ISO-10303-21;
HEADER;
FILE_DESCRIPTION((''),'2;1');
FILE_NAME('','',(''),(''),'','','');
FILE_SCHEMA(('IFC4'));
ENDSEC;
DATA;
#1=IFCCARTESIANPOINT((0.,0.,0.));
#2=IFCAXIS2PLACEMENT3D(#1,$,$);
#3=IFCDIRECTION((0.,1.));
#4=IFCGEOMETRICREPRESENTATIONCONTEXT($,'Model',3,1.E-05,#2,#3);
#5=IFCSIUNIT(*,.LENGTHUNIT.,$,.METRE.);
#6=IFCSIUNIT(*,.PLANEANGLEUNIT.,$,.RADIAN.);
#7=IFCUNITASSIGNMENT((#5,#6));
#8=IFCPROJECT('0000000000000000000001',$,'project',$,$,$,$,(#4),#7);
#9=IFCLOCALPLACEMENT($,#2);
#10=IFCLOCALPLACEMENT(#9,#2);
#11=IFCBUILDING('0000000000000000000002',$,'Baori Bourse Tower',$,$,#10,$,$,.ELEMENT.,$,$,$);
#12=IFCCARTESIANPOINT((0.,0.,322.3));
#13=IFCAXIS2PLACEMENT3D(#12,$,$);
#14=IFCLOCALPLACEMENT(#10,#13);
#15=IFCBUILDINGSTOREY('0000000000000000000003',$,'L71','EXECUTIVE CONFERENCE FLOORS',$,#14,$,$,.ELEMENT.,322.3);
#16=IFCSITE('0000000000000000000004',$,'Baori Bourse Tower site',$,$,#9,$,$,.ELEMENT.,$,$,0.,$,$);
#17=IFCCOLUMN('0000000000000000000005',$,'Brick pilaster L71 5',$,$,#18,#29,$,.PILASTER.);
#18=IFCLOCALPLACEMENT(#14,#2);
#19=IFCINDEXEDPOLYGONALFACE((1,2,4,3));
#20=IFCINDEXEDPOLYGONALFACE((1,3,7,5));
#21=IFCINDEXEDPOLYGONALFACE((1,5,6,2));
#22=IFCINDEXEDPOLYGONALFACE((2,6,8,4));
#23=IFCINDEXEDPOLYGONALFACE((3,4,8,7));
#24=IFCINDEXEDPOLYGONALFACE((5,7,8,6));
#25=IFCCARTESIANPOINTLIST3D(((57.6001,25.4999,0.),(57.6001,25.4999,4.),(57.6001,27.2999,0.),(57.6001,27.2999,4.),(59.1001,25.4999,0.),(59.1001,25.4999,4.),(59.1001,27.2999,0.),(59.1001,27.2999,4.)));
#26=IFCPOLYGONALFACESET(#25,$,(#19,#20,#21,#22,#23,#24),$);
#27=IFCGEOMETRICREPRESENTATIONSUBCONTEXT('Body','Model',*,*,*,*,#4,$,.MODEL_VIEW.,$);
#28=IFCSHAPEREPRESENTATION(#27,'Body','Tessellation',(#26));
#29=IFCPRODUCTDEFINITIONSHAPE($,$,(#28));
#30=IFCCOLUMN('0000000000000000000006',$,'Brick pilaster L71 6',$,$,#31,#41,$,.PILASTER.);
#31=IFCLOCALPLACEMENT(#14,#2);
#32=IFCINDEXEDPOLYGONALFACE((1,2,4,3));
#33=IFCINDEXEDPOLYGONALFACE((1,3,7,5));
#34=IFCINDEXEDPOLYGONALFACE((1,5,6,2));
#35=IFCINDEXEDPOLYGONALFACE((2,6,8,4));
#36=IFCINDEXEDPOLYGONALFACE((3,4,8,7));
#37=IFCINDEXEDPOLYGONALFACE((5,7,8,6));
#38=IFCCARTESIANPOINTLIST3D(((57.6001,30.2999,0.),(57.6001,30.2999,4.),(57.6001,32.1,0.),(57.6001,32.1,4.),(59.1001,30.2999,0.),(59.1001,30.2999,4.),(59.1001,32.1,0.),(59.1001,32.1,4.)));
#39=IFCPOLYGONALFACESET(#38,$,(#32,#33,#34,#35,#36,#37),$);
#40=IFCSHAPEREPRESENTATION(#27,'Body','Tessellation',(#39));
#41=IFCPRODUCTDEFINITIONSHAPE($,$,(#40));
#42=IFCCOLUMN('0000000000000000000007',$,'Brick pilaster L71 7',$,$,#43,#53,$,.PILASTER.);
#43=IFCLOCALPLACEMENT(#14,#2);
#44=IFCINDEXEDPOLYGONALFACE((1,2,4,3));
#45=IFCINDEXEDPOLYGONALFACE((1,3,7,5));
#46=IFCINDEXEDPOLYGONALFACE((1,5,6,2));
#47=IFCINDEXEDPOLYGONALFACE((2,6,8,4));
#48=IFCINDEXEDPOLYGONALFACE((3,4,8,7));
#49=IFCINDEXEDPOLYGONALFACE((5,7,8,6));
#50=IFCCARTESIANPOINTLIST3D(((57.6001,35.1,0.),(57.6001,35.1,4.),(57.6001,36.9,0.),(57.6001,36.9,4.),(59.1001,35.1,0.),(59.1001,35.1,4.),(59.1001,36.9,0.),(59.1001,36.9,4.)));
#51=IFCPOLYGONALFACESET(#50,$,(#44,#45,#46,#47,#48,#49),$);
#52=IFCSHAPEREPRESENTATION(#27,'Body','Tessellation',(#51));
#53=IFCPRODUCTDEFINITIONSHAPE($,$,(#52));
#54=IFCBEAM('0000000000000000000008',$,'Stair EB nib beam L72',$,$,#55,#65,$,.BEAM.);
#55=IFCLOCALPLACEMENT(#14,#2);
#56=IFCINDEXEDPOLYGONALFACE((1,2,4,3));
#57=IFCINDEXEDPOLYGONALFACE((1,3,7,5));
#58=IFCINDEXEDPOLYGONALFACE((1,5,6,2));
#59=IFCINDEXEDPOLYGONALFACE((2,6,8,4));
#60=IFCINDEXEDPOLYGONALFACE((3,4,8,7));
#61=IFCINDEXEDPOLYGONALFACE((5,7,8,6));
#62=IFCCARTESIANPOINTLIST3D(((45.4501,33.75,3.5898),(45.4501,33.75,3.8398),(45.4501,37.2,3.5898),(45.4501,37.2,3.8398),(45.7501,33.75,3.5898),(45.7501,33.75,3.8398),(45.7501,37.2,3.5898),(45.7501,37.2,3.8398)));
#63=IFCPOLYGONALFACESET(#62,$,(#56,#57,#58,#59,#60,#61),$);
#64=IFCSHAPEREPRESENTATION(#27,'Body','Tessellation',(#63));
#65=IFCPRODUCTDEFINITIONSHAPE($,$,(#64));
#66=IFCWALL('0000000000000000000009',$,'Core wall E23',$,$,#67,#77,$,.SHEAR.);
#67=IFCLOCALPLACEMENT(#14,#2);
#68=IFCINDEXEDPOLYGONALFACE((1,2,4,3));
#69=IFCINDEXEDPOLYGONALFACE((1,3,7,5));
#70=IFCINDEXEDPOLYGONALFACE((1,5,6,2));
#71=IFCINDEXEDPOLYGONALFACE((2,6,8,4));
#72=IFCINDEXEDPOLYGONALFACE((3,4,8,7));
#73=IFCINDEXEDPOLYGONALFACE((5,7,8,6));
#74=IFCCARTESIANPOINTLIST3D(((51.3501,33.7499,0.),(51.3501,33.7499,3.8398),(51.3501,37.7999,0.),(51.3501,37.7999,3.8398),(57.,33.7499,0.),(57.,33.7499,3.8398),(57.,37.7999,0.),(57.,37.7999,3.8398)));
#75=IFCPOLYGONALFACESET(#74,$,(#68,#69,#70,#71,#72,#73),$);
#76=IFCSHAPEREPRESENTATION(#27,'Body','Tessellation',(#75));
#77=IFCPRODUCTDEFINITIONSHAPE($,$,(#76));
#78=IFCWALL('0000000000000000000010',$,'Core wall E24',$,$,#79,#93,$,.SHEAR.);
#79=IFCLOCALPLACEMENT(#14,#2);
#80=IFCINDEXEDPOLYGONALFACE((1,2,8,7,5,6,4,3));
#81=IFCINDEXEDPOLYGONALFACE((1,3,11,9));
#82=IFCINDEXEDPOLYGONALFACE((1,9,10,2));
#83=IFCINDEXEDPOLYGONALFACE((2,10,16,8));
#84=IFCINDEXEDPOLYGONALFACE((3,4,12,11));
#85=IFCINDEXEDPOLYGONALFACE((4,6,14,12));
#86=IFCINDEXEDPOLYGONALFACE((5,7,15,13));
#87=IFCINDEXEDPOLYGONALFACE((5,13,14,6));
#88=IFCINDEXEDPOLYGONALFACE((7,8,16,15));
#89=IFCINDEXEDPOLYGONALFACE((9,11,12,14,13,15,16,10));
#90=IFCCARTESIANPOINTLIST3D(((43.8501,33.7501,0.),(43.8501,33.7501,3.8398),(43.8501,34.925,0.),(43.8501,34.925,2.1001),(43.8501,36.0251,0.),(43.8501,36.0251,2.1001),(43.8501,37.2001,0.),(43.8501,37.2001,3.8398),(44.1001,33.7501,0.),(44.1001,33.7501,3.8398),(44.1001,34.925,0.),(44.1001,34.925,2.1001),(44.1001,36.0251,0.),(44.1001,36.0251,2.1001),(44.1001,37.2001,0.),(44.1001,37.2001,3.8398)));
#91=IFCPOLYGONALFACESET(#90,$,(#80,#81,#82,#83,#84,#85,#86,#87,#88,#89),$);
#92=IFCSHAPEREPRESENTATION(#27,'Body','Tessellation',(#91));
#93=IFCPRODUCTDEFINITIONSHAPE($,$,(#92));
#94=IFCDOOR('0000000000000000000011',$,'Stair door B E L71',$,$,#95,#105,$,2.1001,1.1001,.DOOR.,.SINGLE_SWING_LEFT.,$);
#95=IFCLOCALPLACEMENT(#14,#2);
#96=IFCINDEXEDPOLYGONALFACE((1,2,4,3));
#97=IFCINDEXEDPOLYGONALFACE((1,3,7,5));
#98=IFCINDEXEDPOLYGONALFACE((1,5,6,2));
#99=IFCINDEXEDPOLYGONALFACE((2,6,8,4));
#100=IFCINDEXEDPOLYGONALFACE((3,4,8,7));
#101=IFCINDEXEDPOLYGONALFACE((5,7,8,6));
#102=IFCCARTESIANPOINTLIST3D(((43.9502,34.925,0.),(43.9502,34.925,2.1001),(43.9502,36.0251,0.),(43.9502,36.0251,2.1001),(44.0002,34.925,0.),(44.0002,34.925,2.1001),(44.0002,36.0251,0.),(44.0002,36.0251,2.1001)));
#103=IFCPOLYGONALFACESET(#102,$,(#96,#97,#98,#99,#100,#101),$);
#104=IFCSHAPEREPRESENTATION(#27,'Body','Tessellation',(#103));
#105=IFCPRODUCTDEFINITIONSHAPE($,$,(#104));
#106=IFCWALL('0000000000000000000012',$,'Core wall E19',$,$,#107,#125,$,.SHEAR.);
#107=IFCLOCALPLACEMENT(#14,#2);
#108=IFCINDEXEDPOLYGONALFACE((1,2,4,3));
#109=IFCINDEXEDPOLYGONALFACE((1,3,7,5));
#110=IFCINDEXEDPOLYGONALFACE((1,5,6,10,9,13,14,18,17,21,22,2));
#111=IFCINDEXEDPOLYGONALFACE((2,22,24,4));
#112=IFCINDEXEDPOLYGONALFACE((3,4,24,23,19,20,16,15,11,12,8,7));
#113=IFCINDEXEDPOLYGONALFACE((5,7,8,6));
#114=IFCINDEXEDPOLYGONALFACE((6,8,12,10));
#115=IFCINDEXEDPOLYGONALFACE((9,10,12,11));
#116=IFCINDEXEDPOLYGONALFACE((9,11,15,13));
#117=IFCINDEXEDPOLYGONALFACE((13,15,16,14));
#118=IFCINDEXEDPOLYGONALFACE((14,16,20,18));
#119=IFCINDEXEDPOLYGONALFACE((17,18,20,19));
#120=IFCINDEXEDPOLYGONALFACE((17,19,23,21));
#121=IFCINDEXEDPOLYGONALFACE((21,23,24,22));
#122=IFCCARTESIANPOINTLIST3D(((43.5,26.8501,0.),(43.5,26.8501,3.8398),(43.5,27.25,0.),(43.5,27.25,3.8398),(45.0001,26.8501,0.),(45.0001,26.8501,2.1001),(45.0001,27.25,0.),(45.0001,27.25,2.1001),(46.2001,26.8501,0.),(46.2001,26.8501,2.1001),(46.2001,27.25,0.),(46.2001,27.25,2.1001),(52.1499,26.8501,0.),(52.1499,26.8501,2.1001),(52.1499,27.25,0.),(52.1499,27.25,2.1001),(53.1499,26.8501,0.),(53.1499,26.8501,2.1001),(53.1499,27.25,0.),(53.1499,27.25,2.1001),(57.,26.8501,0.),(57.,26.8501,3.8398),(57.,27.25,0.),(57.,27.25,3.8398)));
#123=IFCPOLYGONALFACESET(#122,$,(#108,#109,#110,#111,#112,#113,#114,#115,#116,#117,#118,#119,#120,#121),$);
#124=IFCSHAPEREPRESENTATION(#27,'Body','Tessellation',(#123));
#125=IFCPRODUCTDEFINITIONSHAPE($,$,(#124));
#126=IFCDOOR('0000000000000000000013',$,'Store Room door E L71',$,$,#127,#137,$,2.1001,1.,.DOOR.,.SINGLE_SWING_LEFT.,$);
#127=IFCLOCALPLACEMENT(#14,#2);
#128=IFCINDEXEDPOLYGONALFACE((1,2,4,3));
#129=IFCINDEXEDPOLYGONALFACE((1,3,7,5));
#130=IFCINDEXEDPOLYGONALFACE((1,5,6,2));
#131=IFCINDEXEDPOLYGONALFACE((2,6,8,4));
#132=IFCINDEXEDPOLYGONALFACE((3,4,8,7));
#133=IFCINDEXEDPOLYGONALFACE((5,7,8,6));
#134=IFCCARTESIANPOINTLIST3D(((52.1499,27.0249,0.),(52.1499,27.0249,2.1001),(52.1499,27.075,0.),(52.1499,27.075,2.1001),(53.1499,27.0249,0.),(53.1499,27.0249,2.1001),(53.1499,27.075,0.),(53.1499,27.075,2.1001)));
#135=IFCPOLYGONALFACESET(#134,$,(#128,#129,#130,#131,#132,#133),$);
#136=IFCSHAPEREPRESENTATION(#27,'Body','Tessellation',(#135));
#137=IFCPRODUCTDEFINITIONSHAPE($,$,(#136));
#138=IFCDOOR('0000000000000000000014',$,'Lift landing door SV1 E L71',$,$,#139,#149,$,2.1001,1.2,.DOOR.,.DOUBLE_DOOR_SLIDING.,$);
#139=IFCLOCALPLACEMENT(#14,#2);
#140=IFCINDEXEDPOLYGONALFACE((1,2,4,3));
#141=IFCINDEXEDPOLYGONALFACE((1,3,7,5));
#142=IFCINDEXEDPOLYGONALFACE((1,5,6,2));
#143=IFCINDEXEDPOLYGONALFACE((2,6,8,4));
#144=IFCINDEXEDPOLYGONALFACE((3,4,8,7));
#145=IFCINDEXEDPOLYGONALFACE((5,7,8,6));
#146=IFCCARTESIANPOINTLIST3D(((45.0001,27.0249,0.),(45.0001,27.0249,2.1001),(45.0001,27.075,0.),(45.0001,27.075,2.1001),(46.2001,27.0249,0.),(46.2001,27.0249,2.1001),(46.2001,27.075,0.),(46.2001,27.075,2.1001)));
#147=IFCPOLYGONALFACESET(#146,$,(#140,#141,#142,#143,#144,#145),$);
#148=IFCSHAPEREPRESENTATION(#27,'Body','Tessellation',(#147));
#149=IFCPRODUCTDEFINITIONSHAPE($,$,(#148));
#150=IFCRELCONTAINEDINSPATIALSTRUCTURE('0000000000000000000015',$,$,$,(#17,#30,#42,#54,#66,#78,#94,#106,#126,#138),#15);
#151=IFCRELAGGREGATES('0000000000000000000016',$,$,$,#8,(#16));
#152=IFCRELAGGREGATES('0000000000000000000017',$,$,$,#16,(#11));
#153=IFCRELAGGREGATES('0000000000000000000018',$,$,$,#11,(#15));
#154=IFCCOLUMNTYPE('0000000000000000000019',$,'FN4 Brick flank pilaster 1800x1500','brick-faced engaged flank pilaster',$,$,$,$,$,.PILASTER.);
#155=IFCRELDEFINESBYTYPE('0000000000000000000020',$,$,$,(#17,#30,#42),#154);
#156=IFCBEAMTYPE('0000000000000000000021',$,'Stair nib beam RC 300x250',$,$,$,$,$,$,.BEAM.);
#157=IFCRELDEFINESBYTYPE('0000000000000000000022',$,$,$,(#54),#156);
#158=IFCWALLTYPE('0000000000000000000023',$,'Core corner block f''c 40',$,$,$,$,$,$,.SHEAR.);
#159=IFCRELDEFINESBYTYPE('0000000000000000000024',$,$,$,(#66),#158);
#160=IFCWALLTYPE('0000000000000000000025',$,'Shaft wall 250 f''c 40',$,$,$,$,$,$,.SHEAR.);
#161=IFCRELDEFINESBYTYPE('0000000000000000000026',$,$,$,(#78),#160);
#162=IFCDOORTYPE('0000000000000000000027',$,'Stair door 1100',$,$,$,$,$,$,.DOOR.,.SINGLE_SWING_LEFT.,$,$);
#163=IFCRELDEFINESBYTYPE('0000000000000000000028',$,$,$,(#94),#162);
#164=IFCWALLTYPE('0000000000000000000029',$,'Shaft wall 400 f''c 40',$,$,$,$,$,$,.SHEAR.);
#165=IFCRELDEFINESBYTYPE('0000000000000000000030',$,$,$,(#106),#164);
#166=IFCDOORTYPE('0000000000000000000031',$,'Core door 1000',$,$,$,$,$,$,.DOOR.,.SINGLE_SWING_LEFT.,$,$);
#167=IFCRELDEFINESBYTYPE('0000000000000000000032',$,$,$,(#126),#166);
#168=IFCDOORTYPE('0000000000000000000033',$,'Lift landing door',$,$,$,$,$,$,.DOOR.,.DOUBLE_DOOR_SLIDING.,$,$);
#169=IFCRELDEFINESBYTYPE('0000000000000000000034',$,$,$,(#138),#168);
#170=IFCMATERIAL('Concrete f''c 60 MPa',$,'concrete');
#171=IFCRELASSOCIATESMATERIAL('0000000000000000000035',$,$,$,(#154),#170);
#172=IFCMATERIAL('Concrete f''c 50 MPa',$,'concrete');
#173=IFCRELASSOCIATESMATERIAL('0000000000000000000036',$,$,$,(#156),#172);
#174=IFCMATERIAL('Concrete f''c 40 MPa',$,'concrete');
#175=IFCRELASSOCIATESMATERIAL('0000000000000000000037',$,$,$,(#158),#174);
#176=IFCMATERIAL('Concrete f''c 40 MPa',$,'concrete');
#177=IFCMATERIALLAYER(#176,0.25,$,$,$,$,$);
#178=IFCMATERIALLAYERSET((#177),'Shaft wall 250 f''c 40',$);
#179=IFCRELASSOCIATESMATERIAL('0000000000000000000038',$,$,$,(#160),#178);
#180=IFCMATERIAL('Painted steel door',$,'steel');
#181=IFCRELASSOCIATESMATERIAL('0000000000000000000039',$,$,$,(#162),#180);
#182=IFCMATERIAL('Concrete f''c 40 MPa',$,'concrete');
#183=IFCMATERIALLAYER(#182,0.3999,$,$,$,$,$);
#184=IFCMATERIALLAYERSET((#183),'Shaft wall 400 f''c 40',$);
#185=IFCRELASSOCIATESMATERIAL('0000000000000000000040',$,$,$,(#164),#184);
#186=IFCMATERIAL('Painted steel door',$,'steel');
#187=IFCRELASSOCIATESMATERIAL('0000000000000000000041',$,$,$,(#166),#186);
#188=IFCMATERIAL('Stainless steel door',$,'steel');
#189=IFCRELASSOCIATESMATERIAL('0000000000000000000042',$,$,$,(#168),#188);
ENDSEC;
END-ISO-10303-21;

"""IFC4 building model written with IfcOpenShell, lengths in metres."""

from ifc_helpers import new_model, si_unit, direction, frame, frame_2d, origin, origin_2d, place, context, subcontext, project, spatial, rectangle, extrude, material, layer, layer_set, material_profile, profile_set, type_object, element, fill, save


model = new_model("IFC4")

# Units and contexts
model_context = context("Model", 3, precision=1e-05, world=origin(), true_north=direction((0.0, 1.0)))
body_context = subcontext(model_context, "Body", "Model", "MODEL_VIEW")
ifc_project = project(units=[si_unit("LENGTHUNIT", "METRE"), si_unit("PLANEANGLEUNIT", "RADIAN")], contexts=[model_context])

# Site, building, storey
site_placement = place(None, origin())
site = spatial("IfcSite", under=ifc_project, at=site_placement, Name="Baori Bourse Tower site", CompositionType="ELEMENT", RefElevation=0.0)
building_placement = place(site_placement, origin())
building = spatial("IfcBuilding", under=site, at=building_placement, Name="Baori Bourse Tower", CompositionType="ELEMENT")
storey_placement = place(building_placement, frame((0.0, 0.0, 322.3)))
storey = spatial("IfcBuildingStorey", under=building, at=storey_placement, Name="L71", Description="EXECUTIVE CONFERENCE FLOORS", CompositionType="ELEMENT", Elevation=322.3)

# Columns
ifc_material_1 = material(Name="Concrete f'c 60 MPa", Category="concrete")
ifc_material_profile_1 = material_profile(ifc_material_1, rectangle(XDim=1.8, YDim=1.5, at=origin_2d()), Name="RC 1800x1500")
ifc_profile_set_1 = profile_set([ifc_material_profile_1], Name="Concrete f'c 60 MPa")
column_type = type_object("IfcColumnType", Name="FN4 Brick flank pilaster 1800x1500", Description="brick-faced engaged flank pilaster", PredefinedType="PILASTER", material=ifc_profile_set_1)
for number, where, z_axis, x_axis, name in (
    (1, (58.3501, 26.3999, 0.0), (0.0, 0.0, 1.0), (0.0, 1.0, 0.0), "Brick pilaster L71 5"),
    (2, (58.3501, 31.2, 0.0), (0.0, 0.0, 1.0), (0.0, 1.0, 0.0), "Brick pilaster L71 6"),
    (3, (58.3501, 36.0, 0.0), (0.0, 0.0, 1.0), (0.0, 1.0, 0.0), "Brick pilaster L71 7"),
):
    element("IfcColumn", number, at=place(storey_placement, frame(where, z_axis=z_axis, x_axis=x_axis)), inside=storey, type_object=column_type, Name=name, PredefinedType="PILASTER", context=body_context, shape_type="SweptSolid", body=[
        extrude(rectangle(XDim=1.8, YDim=1.5, at=origin_2d()), origin(), (0.0, 0.0, 1.0), 4.0),
    ])

# Beam
ifc_material_2 = material(Name="Concrete f'c 50 MPa", Category="concrete")
ifc_material_profile_2 = material_profile(ifc_material_2, rectangle(XDim=0.3, YDim=0.25, at=origin_2d()), Name="RC 300x250")
ifc_profile_set_2 = profile_set([ifc_material_profile_2], Name="Concrete f'c 50 MPa")
beam_type = type_object("IfcBeamType", Name="Stair nib beam RC 300x250", PredefinedType="BEAM", material=ifc_profile_set_2)
beam_placement = place(storey_placement, frame((45.6001, 33.75, 3.7148), z_axis=(0.0, 1.0, 0.0), x_axis=(-1.0, 0.0, 0.0)))
element("IfcBeam", 4, at=beam_placement, inside=storey, type_object=beam_type, Name="Stair EB nib beam L72", PredefinedType="BEAM", context=body_context, shape_type="SweptSolid", body=[
    extrude(rectangle(XDim=0.3, YDim=0.25, at=origin_2d()), origin(), (0.0, 0.0, 1.0), 3.45),
])

# Wall
ifc_material_3 = material(Name="Concrete f'c 40 MPa", Category="concrete")
wall_type_1 = type_object("IfcWallType", Name="Core corner block f'c 40", PredefinedType="SHEAR", material=ifc_material_3)
wall_1_placement = place(storey_placement, frame((51.3501, 35.7749, 0.0), z_axis=(0.0, 0.0, 1.0), x_axis=(1.0, 0.0, 0.0)))
element("IfcWall", 5, at=wall_1_placement, inside=storey, type_object=wall_type_1, Name="Core wall E23", PredefinedType="SHEAR", context=body_context, shape_type="SweptSolid", body=[
    extrude(rectangle(XDim=5.6499, YDim=4.05, at=frame_2d((2.825, 0.0))), origin(), (0.0, 0.0, 1.0), 3.8398),
])

# Wall, opening, door
ifc_material_4 = material(Name="Concrete f'c 40 MPa", Category="concrete")
ifc_layer_1 = layer(ifc_material_4, 0.25)
ifc_layer_set_1 = layer_set([ifc_layer_1], Name="Shaft wall 250 f'c 40")
wall_type_2 = type_object("IfcWallType", Name="Shaft wall 250 f'c 40", PredefinedType="SHEAR", material=ifc_layer_set_1)
wall_2_placement = place(storey_placement, frame((43.9751, 33.75, 0.0), z_axis=(0.0, 0.0, 1.0), x_axis=(0.0, 1.0, 0.0)))
wall_2 = element("IfcWall", 6, at=wall_2_placement, inside=storey, type_object=wall_type_2, Name="Core wall E24", PredefinedType="SHEAR", context=body_context, shape_type="SweptSolid", body=[
    extrude(rectangle(XDim=3.45, YDim=0.25, at=frame_2d((1.7251, 0.0))), origin(), (0.0, 0.0, 1.0), 3.8398),
])
opening_1_placement = place(wall_2_placement, frame((1.175, 0.0, 0.0)))
opening_1 = element("IfcOpeningElement", 7, at=opening_1_placement, cuts=wall_2, PredefinedType="OPENING", context=body_context, shape_type="SweptSolid", body=[
    extrude(rectangle(XDim=1.1001, YDim=2.1001, at=frame_2d((0.55, 1.05))), frame((0.0, 0.135, 0.0), z_axis=(0.0, -1.0, 0.0), x_axis=(1.0, 0.0, 0.0)), (0.0, 0.0, 1.0), 0.27),
])
ifc_material_5 = material(Name="Painted steel door", Category="steel")
door_type_1 = type_object("IfcDoorType", Name="Stair door 1100", OperationType="SINGLE_SWING_LEFT", PredefinedType="DOOR", material=ifc_material_5)
door_1_placement = place(opening_1_placement, origin())
door_1 = element("IfcDoor", 8, at=door_1_placement, inside=storey, type_object=door_type_1, Name="Stair door B E L71", OperationType="SINGLE_SWING_LEFT", OverallHeight=2.1001, OverallWidth=1.1001, PredefinedType="DOOR", context=body_context, shape_type="SweptSolid", body=[
    extrude(rectangle(XDim=1.1001, YDim=2.1001, at=frame_2d((0.55, 1.05))), frame((0.0, 0.0249, 0.0), z_axis=(0.0, -1.0, 0.0), x_axis=(1.0, 0.0, 0.0)), (0.0, 0.0, 1.0), 0.05),
])
fill(opening_1, door_1)

# Wall, openings, doors
ifc_material_6 = material(Name="Concrete f'c 40 MPa", Category="concrete")
ifc_layer_2 = layer(ifc_material_6, 0.3999)
ifc_layer_set_2 = layer_set([ifc_layer_2], Name="Shaft wall 400 f'c 40")
wall_type_3 = type_object("IfcWallType", Name="Shaft wall 400 f'c 40", PredefinedType="SHEAR", material=ifc_layer_set_2)
wall_3_placement = place(storey_placement, frame((43.5, 27.05, 0.0), z_axis=(0.0, 0.0, 1.0), x_axis=(1.0, 0.0, 0.0)))
wall_3 = element("IfcWall", 9, at=wall_3_placement, inside=storey, type_object=wall_type_3, Name="Core wall E19", PredefinedType="SHEAR", context=body_context, shape_type="SweptSolid", body=[
    extrude(rectangle(XDim=13.5, YDim=0.3999, at=frame_2d((6.75, 0.0))), origin(), (0.0, 0.0, 1.0), 3.8398),
])
opening_2_placement = place(wall_3_placement, frame((8.6499, 0.0, 0.0)))
opening_2 = element("IfcOpeningElement", 10, at=opening_2_placement, cuts=wall_3, PredefinedType="OPENING", context=body_context, shape_type="SweptSolid", body=[
    extrude(rectangle(XDim=1.0, YDim=2.1001, at=frame_2d((0.5, 1.05))), frame((0.0, 0.21, 0.0), z_axis=(0.0, -1.0, 0.0), x_axis=(1.0, 0.0, 0.0)), (0.0, 0.0, 1.0), 0.4199),
])
opening_3_placement = place(wall_3_placement, frame((1.5, 0.0, 0.0)))
opening_3 = element("IfcOpeningElement", 11, at=opening_3_placement, cuts=wall_3, PredefinedType="OPENING", context=body_context, shape_type="SweptSolid", body=[
    extrude(rectangle(XDim=1.2, YDim=2.1001, at=frame_2d((0.6001, 1.05))), frame((0.0, 0.21, 0.0), z_axis=(0.0, -1.0, 0.0), x_axis=(1.0, 0.0, 0.0)), (0.0, 0.0, 1.0), 0.4199),
])
ifc_material_7 = material(Name="Painted steel door", Category="steel")
door_type_2 = type_object("IfcDoorType", Name="Core door 1000", OperationType="SINGLE_SWING_LEFT", PredefinedType="DOOR", material=ifc_material_7)
door_2_placement = place(opening_2_placement, origin())
door_2 = element("IfcDoor", 12, at=door_2_placement, inside=storey, type_object=door_type_2, Name="Store Room door E L71", OperationType="SINGLE_SWING_LEFT", OverallHeight=2.1001, OverallWidth=1.0, PredefinedType="DOOR", context=body_context, shape_type="SweptSolid", body=[
    extrude(rectangle(XDim=1.0, YDim=2.1001, at=frame_2d((0.5, 1.05))), frame((0.0, 0.0249, 0.0), z_axis=(0.0, -1.0, 0.0), x_axis=(1.0, 0.0, 0.0)), (0.0, 0.0, 1.0), 0.05),
])
fill(opening_2, door_2)
ifc_material_8 = material(Name="Stainless steel door", Category="steel")
door_type_3 = type_object("IfcDoorType", Name="Lift landing door", OperationType="DOUBLE_DOOR_SLIDING", PredefinedType="DOOR", material=ifc_material_8)
door_3_placement = place(opening_3_placement, origin())
door_3 = element("IfcDoor", 13, at=door_3_placement, inside=storey, type_object=door_type_3, Name="Lift landing door SV1 E L71", OperationType="DOUBLE_DOOR_SLIDING", OverallHeight=2.1001, OverallWidth=1.2, PredefinedType="DOOR", context=body_context, shape_type="SweptSolid", body=[
    extrude(rectangle(XDim=1.2, YDim=2.1001, at=frame_2d((0.6001, 1.05))), frame((0.0, 0.0249, 0.0), z_axis=(0.0, -1.0, 0.0), x_axis=(1.0, 0.0, 0.0)), (0.0, 0.0, 1.0), 0.05),
])
fill(opening_3, door_3)

save(model, "model.ifc")
